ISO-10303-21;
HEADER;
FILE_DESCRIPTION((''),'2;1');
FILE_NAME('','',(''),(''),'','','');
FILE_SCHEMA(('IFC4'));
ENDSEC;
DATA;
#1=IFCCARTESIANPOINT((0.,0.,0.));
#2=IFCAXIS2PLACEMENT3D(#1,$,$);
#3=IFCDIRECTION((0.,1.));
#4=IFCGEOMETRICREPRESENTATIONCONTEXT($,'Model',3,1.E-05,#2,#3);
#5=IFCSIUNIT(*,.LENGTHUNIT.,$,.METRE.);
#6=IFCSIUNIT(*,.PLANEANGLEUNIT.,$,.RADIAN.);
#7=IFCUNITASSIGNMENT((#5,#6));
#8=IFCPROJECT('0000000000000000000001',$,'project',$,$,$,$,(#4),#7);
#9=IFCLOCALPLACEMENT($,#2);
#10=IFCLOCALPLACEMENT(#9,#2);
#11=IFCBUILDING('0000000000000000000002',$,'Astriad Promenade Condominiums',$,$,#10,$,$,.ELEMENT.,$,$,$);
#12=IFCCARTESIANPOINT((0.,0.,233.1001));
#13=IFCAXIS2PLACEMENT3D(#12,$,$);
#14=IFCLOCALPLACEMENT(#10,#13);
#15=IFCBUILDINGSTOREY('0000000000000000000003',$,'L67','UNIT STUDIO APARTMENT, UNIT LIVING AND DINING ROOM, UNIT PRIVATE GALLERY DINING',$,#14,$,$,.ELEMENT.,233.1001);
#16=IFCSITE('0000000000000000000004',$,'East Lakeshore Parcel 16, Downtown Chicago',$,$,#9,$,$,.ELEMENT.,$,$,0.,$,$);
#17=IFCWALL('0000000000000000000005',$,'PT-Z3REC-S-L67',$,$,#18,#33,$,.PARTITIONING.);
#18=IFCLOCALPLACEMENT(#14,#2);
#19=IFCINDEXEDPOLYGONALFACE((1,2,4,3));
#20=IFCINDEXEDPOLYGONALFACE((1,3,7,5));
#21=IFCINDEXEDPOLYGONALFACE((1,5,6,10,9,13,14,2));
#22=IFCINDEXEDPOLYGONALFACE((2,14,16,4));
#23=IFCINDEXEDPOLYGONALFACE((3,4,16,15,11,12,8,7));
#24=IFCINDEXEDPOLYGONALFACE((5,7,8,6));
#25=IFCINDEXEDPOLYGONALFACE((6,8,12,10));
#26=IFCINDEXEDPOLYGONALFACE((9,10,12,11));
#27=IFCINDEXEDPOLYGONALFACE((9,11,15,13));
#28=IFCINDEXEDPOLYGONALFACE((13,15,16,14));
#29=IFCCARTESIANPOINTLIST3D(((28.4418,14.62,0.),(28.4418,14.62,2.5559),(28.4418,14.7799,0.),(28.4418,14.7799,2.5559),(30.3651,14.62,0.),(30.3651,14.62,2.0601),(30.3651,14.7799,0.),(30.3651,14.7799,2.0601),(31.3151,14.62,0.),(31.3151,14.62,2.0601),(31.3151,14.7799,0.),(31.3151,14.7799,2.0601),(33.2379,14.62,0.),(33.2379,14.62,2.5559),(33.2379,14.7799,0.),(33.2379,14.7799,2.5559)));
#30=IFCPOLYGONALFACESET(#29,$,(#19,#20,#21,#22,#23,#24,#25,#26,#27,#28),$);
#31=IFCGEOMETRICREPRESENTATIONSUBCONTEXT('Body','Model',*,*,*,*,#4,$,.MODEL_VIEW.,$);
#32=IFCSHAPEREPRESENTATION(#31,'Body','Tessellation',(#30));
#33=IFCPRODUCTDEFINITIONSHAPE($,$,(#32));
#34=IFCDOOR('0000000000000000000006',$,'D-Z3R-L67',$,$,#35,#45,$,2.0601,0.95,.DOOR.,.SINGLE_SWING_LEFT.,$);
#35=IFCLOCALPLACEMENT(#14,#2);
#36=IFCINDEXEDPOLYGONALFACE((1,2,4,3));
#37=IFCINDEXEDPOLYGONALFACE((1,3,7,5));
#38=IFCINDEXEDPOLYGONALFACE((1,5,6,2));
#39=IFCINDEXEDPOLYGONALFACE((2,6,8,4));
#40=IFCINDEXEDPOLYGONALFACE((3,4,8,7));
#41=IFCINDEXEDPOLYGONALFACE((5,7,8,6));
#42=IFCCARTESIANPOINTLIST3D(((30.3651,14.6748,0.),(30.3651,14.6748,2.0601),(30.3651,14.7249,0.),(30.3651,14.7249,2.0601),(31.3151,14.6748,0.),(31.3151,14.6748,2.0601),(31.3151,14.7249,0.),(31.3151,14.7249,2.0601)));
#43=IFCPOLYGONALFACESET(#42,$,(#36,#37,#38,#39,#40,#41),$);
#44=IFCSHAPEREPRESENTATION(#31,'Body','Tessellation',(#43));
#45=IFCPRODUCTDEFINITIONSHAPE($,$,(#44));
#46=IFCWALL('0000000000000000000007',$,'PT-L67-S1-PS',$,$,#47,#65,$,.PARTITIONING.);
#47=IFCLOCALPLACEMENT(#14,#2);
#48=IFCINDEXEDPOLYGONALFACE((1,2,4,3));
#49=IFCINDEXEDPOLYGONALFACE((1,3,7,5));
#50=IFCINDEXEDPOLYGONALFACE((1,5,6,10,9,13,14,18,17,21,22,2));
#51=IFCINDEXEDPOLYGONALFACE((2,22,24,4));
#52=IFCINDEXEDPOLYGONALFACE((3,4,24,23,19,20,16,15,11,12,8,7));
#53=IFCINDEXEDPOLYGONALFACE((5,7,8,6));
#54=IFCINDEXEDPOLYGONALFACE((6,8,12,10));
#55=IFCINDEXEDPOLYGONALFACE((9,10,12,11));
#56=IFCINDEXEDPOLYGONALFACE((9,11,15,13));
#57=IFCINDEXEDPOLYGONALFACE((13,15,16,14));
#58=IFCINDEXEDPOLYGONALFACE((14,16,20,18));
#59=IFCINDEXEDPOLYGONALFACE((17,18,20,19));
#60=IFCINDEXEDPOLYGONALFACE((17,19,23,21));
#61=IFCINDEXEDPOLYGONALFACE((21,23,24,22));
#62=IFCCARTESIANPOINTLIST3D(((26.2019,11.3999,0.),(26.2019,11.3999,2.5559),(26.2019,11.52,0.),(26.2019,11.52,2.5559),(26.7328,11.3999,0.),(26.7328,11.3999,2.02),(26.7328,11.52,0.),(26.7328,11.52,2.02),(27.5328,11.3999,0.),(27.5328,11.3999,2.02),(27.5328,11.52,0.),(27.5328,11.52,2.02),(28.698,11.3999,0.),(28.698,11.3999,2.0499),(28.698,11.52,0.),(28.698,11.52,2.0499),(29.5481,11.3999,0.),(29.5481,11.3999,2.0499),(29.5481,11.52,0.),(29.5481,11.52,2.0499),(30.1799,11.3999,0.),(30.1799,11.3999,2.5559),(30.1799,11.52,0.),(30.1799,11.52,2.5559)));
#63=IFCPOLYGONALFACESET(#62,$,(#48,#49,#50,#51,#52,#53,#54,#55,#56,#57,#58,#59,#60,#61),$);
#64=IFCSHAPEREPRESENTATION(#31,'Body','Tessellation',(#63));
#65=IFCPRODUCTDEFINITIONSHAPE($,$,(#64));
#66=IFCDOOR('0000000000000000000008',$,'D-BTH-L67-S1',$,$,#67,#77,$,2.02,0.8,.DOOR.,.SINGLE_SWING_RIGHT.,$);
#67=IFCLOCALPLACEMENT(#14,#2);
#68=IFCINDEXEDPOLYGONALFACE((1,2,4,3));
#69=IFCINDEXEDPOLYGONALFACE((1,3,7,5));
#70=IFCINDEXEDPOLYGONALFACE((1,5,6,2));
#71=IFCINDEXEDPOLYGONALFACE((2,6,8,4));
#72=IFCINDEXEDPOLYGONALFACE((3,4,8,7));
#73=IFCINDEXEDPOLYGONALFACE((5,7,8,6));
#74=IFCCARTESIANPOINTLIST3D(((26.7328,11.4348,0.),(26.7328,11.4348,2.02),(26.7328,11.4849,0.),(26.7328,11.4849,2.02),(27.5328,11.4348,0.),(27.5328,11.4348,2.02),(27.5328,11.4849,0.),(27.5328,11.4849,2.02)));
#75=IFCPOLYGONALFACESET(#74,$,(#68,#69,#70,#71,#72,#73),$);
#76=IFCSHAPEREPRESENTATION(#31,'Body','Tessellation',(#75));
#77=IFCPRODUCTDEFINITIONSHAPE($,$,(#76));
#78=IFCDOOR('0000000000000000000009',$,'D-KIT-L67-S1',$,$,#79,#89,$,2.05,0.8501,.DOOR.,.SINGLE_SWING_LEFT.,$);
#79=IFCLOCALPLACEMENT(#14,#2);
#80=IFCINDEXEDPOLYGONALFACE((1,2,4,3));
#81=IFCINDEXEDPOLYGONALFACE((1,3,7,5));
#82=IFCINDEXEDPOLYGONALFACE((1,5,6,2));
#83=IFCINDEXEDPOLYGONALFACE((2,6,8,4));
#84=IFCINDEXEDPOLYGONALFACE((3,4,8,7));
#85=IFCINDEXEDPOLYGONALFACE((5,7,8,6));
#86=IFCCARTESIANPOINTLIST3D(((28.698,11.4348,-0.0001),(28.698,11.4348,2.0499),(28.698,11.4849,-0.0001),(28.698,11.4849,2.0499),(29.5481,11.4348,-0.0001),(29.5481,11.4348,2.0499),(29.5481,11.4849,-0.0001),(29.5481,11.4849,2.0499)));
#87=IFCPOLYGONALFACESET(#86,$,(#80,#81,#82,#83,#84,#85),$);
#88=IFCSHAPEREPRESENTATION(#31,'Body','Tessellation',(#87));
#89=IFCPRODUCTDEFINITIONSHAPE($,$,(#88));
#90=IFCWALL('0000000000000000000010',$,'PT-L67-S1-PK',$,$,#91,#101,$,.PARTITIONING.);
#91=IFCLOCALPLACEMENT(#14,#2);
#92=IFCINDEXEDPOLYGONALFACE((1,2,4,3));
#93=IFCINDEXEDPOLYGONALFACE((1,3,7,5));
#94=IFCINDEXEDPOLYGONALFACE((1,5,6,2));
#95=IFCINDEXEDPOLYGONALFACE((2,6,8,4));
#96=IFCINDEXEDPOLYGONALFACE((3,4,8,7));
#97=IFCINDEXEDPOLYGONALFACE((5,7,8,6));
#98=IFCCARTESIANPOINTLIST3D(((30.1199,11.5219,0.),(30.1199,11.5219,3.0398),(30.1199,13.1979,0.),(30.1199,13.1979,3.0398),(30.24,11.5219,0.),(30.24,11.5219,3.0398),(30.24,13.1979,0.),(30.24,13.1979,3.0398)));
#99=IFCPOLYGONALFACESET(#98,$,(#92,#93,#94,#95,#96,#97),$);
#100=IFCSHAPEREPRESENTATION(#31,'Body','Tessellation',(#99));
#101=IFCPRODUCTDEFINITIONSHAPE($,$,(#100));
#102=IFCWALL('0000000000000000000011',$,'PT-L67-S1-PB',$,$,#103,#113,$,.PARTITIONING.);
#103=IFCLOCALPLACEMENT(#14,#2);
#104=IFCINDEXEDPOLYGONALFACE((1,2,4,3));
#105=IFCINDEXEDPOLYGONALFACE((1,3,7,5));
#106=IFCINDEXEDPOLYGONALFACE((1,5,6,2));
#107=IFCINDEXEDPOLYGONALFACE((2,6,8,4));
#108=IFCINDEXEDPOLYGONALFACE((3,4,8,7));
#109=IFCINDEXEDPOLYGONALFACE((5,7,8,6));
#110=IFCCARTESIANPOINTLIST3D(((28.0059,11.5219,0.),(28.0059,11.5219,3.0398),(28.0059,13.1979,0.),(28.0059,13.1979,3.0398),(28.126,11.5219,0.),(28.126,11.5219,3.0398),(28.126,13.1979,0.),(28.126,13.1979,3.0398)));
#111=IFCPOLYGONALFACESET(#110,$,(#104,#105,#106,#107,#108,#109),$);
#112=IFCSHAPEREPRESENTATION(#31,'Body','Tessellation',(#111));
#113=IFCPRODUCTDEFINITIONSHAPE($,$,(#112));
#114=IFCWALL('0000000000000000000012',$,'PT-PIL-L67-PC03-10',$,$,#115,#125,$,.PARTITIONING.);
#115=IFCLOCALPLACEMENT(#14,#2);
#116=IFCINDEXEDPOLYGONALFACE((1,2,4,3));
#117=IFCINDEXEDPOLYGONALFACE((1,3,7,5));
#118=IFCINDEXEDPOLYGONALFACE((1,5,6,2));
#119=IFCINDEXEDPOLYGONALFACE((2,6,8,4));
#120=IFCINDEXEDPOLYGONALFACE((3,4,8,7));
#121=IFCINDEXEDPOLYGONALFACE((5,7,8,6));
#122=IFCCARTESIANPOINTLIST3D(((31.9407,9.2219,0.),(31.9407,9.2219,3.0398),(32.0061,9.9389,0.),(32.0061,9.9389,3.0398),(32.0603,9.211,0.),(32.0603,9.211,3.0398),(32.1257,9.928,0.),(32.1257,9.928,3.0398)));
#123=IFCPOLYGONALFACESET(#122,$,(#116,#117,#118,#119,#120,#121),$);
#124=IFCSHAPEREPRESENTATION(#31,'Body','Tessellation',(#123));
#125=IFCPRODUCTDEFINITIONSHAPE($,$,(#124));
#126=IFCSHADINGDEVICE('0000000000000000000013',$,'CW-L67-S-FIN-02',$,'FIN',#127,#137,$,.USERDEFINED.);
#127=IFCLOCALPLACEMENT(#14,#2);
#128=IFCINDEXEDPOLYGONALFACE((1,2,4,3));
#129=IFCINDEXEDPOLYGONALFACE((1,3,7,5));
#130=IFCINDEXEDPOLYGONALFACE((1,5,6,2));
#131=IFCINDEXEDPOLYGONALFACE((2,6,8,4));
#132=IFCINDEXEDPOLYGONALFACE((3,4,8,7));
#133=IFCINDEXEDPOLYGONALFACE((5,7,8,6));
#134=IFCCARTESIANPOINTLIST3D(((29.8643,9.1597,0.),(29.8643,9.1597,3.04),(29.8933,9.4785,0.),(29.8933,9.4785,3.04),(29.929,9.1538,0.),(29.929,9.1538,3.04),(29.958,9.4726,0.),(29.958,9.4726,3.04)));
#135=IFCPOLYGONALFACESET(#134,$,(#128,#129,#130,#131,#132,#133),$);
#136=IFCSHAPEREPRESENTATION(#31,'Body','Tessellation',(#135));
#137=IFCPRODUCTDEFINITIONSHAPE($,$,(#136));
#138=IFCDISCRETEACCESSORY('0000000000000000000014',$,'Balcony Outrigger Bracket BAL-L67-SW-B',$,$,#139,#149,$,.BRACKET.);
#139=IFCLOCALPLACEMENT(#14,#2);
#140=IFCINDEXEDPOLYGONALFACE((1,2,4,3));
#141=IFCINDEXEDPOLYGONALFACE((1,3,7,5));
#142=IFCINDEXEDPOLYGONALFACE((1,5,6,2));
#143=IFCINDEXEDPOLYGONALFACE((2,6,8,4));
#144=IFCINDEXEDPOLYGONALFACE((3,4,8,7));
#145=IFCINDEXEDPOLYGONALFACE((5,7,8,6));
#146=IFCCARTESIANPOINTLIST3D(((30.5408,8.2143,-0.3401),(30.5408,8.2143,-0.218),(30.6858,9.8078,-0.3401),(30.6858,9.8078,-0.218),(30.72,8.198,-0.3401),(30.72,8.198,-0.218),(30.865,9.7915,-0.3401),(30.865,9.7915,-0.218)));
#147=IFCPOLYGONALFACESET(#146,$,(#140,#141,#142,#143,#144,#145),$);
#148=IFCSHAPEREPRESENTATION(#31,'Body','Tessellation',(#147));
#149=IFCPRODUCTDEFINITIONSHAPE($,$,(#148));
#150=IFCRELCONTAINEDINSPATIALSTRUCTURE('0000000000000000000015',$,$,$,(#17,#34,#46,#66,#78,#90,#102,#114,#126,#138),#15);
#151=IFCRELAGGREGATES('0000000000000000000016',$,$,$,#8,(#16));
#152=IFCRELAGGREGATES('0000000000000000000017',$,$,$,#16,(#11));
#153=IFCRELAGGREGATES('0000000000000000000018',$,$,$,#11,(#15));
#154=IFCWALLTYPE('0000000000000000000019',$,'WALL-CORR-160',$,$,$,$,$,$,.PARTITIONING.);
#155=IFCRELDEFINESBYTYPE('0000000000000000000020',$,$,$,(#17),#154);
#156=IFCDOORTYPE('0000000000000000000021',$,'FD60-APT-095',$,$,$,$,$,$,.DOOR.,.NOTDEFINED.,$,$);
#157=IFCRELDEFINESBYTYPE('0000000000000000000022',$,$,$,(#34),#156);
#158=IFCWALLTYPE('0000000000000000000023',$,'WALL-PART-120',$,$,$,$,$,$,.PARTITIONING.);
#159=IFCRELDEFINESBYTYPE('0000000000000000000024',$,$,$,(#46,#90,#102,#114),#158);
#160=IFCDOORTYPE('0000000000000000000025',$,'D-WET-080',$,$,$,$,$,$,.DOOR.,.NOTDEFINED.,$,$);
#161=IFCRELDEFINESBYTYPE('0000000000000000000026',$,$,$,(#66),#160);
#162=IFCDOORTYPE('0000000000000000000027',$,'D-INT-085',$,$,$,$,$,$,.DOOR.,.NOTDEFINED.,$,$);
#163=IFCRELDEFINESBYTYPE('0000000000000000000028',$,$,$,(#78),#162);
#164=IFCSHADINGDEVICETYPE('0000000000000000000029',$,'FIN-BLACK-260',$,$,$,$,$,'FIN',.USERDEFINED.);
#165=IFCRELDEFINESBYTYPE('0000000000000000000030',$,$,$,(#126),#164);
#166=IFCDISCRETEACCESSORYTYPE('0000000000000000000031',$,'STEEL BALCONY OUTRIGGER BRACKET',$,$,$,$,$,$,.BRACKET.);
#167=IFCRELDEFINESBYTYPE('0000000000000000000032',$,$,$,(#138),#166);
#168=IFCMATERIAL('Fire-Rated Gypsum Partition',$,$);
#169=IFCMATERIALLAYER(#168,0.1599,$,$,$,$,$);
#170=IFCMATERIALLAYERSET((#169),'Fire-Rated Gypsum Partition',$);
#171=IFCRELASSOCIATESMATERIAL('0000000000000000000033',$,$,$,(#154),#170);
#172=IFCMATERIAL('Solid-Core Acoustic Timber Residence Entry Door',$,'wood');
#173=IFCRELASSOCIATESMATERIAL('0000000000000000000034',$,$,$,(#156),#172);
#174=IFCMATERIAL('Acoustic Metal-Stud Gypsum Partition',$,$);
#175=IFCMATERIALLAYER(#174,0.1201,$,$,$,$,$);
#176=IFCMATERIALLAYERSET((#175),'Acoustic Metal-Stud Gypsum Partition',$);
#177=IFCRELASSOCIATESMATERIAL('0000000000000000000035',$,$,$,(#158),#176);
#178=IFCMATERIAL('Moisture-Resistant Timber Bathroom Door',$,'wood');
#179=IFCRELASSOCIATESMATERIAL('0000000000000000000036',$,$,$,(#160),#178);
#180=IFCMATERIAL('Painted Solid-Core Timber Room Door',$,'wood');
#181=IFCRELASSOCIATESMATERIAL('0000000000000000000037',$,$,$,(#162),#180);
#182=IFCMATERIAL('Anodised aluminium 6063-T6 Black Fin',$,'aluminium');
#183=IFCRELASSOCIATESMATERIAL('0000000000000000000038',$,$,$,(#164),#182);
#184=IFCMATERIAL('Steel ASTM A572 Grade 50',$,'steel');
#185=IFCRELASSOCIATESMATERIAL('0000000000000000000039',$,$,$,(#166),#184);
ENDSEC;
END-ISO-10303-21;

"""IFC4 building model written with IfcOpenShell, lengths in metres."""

from ifc_helpers import new_model, si_unit, direction, frame, frame_2d, origin, origin_2d, place, context, subcontext, project, spatial, rectangle, extrude, source, transform, mapped, material, layer, layer_set, type_object, type_shapes, element, fill, save


model = new_model("IFC4")

# Units and contexts
model_context = context("Model", 3, precision=1e-05, world=origin(), true_north=direction((0.0, 1.0)))
body_context = subcontext(model_context, "Body", "Model", "MODEL_VIEW")
ifc_project = project(units=[si_unit("LENGTHUNIT", "METRE"), si_unit("PLANEANGLEUNIT", "RADIAN")], contexts=[model_context])

# Site, building, storey
site_placement = place(None, origin())
site = spatial("IfcSite", under=ifc_project, at=site_placement, Name="East Lakeshore Parcel 16, Downtown Chicago", CompositionType="ELEMENT", RefElevation=0.0)
building_placement = place(site_placement, origin())
building = spatial("IfcBuilding", under=site, at=building_placement, Name="Astriad Promenade Condominiums", CompositionType="ELEMENT")
storey_placement = place(building_placement, frame((0.0, 0.0, 233.1001)))
storey = spatial("IfcBuildingStorey", under=building, at=storey_placement, Name="L67", Description="UNIT STUDIO APARTMENT, UNIT LIVING AND DINING ROOM, UNIT PRIVATE GALLERY DINING", CompositionType="ELEMENT", Elevation=233.1001)

# Shared definitions
ifc_material_1 = material(Name="Fire-Rated Gypsum Partition")
ifc_layer_1 = layer(ifc_material_1, 0.1599)
ifc_layer_set_1 = layer_set([ifc_layer_1], Name="Fire-Rated Gypsum Partition")
wall_type_1 = type_object("IfcWallType", Name="WALL-CORR-160", PredefinedType="PARTITIONING", material=ifc_layer_set_1)

# Wall, opening, door
wall_1_placement = place(storey_placement, frame((28.4419, 14.7, 0.0), z_axis=(0.0, 0.0, 1.0), x_axis=(1.0, 0.0, 0.0)))
wall_1 = element("IfcWall", 1, at=wall_1_placement, inside=storey, type_object=wall_type_1, Name="PT-Z3REC-S-L67", PredefinedType="PARTITIONING", context=body_context, shape_type="SweptSolid", body=[
    extrude(rectangle(XDim=4.7961, YDim=0.1599, at=frame_2d((2.3979, 0.0))), origin(), (0.0, 0.0, 1.0), 2.5559),
])
opening_1_placement = place(wall_1_placement, frame((1.9231, 0.0, 0.0)))
opening_1 = element("IfcOpeningElement", 2, at=opening_1_placement, cuts=wall_1, PredefinedType="OPENING", context=body_context, shape_type="SweptSolid", body=[
    extrude(rectangle(XDim=0.95, YDim=2.0601, at=frame_2d((0.4751, 1.03))), frame((0.0, 0.0898, 0.0), z_axis=(0.0, -1.0, 0.0), x_axis=(1.0, 0.0, 0.0)), (0.0, 0.0, 1.0), 0.1799),
])
ifc_material_2 = material(Name="Solid-Core Acoustic Timber Residence Entry Door", Category="wood")
door_type_1 = type_object("IfcDoorType", Name="FD60-APT-095", OperationType="NOTDEFINED", PredefinedType="DOOR", material=ifc_material_2)
shared_shape_1 = source(origin(), body_context, "Body", "SweptSolid", [
    extrude(rectangle(XDim=0.95, YDim=2.0601, at=frame_2d((0.4751, 1.03))), frame((0.0, 0.0249, 0.0), z_axis=(0.0, -1.0, 0.0), x_axis=(1.0, 0.0, 0.0)), (0.0, 0.0, 1.0), 0.05),
])
type_shapes(door_type_1, [shared_shape_1])
door_1_placement = place(opening_1_placement, origin())
door_1 = element("IfcDoor", 3, at=door_1_placement, inside=storey, type_object=door_type_1, Name="D-Z3R-L67", OperationType="SINGLE_SWING_LEFT", OverallHeight=2.0601, OverallWidth=0.95, PredefinedType="DOOR", context=body_context, shape_type="MappedRepresentation", body=[
    mapped(shared_shape_1, transform((0.0, 0.0, 0.0), scale=1.0)),
])
fill(opening_1, door_1)

# Wall, openings, doors
ifc_material_3 = material(Name="Acoustic Metal-Stud Gypsum Partition")
ifc_layer_2 = layer(ifc_material_3, 0.1201)
ifc_layer_set_2 = layer_set([ifc_layer_2], Name="Acoustic Metal-Stud Gypsum Partition")
wall_type_2 = type_object("IfcWallType", Name="WALL-PART-120", PredefinedType="PARTITIONING", material=ifc_layer_set_2)
wall_2_placement = place(storey_placement, frame((26.2019, 11.46, 0.0), z_axis=(0.0, 0.0, 1.0), x_axis=(1.0, 0.0, 0.0)))
wall_2 = element("IfcWall", 4, at=wall_2_placement, inside=storey, type_object=wall_type_2, Name="PT-L67-S1-PS", PredefinedType="PARTITIONING", context=body_context, shape_type="SweptSolid", body=[
    extrude(rectangle(XDim=3.978, YDim=0.1201, at=frame_2d((1.989, 0.0))), origin(), (0.0, 0.0, 1.0), 2.5559),
])
opening_2_placement = place(wall_2_placement, frame((0.531, 0.0, 0.0)))
opening_2 = element("IfcOpeningElement", 5, at=opening_2_placement, cuts=wall_2, PredefinedType="OPENING", context=body_context, shape_type="SweptSolid", body=[
    extrude(rectangle(XDim=0.8, YDim=2.02, at=frame_2d((0.3999, 1.01))), frame((0.0, 0.0701, 0.0), z_axis=(0.0, -1.0, 0.0), x_axis=(1.0, 0.0, 0.0)), (0.0, 0.0, 1.0), 0.1401),
])
opening_3_placement = place(wall_2_placement, frame((2.4961, 0.0, 0.0)))
opening_3 = element("IfcOpeningElement", 6, at=opening_3_placement, cuts=wall_2, PredefinedType="OPENING", context=body_context, shape_type="SweptSolid", body=[
    extrude(rectangle(XDim=0.8501, YDim=2.05, at=frame_2d((0.425, 1.0249))), frame((0.0, 0.0701, 0.0), z_axis=(0.0, -1.0, 0.0), x_axis=(1.0, 0.0, 0.0)), (0.0, 0.0, 1.0), 0.1401),
])
ifc_material_4 = material(Name="Moisture-Resistant Timber Bathroom Door", Category="wood")
door_type_2 = type_object("IfcDoorType", Name="D-WET-080", OperationType="NOTDEFINED", PredefinedType="DOOR", material=ifc_material_4)
shared_shape_2 = source(origin(), body_context, "Body", "SweptSolid", [
    extrude(rectangle(XDim=0.8, YDim=2.02, at=frame_2d((0.3999, 1.01))), frame((0.0, 0.0249, 0.0), z_axis=(0.0, -1.0, 0.0), x_axis=(1.0, 0.0, 0.0)), (0.0, 0.0, 1.0), 0.05),
])
type_shapes(door_type_2, [shared_shape_2])
door_2_placement = place(opening_2_placement, origin())
door_2 = element("IfcDoor", 7, at=door_2_placement, inside=storey, type_object=door_type_2, Name="D-BTH-L67-S1", OperationType="SINGLE_SWING_RIGHT", OverallHeight=2.02, OverallWidth=0.8, PredefinedType="DOOR", context=body_context, shape_type="MappedRepresentation", body=[
    mapped(shared_shape_2, transform((0.0, 0.0, 0.0), scale=1.0)),
])
fill(opening_2, door_2)
ifc_material_5 = material(Name="Painted Solid-Core Timber Room Door", Category="wood")
door_type_3 = type_object("IfcDoorType", Name="D-INT-085", OperationType="NOTDEFINED", PredefinedType="DOOR", material=ifc_material_5)
shared_shape_3 = source(origin(), body_context, "Body", "SweptSolid", [
    extrude(rectangle(XDim=0.8501, YDim=2.05, at=frame_2d((0.425, 1.0249))), frame((0.0, 0.0249, 0.0), z_axis=(0.0, -1.0, 0.0), x_axis=(1.0, 0.0, 0.0)), (0.0, 0.0, 1.0), 0.05),
])
type_shapes(door_type_3, [shared_shape_3])
door_3_placement = place(opening_3_placement, origin())
door_3 = element("IfcDoor", 8, at=door_3_placement, inside=storey, type_object=door_type_3, Name="D-KIT-L67-S1", OperationType="SINGLE_SWING_LEFT", OverallHeight=2.05, OverallWidth=0.8501, PredefinedType="DOOR", context=body_context, shape_type="MappedRepresentation", body=[
    mapped(shared_shape_3, transform((0.0, 0.0, 0.0), scale=1.0)),
])
fill(opening_3, door_3)

# Walls
for number, where, z_axis, x_axis, name in (
    (9, (30.1799, 11.522, 0.0), (0.0, 0.0, 1.0), (0.0, 1.0, 0.0), "PT-L67-S1-PK"),
    (10, (28.0659, 11.522, 0.0), (0.0, 0.0, 1.0), (0.0, 1.0, 0.0), "PT-L67-S1-PB"),
):
    element("IfcWall", number, at=place(storey_placement, frame(where, z_axis=z_axis, x_axis=x_axis)), inside=storey, type_object=wall_type_2, Name=name, PredefinedType="PARTITIONING", context=body_context, shape_type="SweptSolid", body=[
        extrude(rectangle(XDim=1.676, YDim=0.1201, at=frame_2d((0.8379, 0.0))), origin(), (0.0, 0.0, 1.0), 3.0398),
    ])
wall_3_placement = place(storey_placement, frame((32.0659, 9.9333, 0.0), z_axis=(0.0, 0.0, 1.0), x_axis=(-0.090872, -0.995863, 0.0)))
element("IfcWall", 11, at=wall_3_placement, inside=storey, type_object=wall_type_2, Name="PT-PIL-L67-PC03-10", PredefinedType="PARTITIONING", context=body_context, shape_type="SweptSolid", body=[
    extrude(rectangle(XDim=0.72, YDim=0.1201, at=frame_2d((0.3599, 0.0))), origin(), (0.0, 0.0, 1.0), 3.0398),
])

# Shading device
ifc_material_6 = material(Name="Anodised aluminium 6063-T6 Black Fin", Category="aluminium")
shading_device_type = type_object("IfcShadingDeviceType", Name="FIN-BLACK-260", ElementType="FIN", PredefinedType="USERDEFINED", material=ifc_material_6)
shared_shape_4 = source(origin(), body_context, "Body", "SweptSolid", [
    extrude(rectangle(XDim=0.0649, YDim=0.3201, at=origin_2d()), origin(), (0.0, 0.0, 1.0), 3.04),
])
type_shapes(shading_device_type, [shared_shape_4])
shading_device_placement = place(storey_placement, frame((29.9111, 9.3162, 0.0), z_axis=(0.0, 0.0, 1.0), x_axis=(-0.995884, 0.090633, 0.0)))
element("IfcShadingDevice", 12, at=shading_device_placement, inside=storey, type_object=shading_device_type, Name="CW-L67-S-FIN-02", ObjectType="FIN", PredefinedType="USERDEFINED", context=body_context, shape_type="MappedRepresentation", body=[
    mapped(shared_shape_4, transform((0.0, 0.0, 0.0), scale=1.0)),
])

# Discrete accessory
ifc_material_7 = material(Name="Steel ASTM A572 Grade 50", Category="steel")
discrete_accessory_type = type_object("IfcDiscreteAccessoryType", Name="STEEL BALCONY OUTRIGGER BRACKET", PredefinedType="BRACKET", material=ifc_material_7)
shared_shape_5 = source(origin(), body_context, "Body", "SweptSolid", [
    extrude(rectangle(XDim=1.6001, YDim=0.1799, at=origin_2d()), origin(), (0.0, 0.0, 1.0), 0.1221),
])
type_shapes(discrete_accessory_type, [shared_shape_5])
discrete_accessory_placement = place(storey_placement, frame((30.7029, 9.0029, -0.3401), z_axis=(0.0, 0.0, 1.0), x_axis=(-0.090633, -0.995884, 0.0)))
element("IfcDiscreteAccessory", 13, at=discrete_accessory_placement, inside=storey, type_object=discrete_accessory_type, Name="Balcony Outrigger Bracket BAL-L67-SW-B", PredefinedType="BRACKET", context=body_context, shape_type="MappedRepresentation", body=[
    mapped(shared_shape_5, transform((0.0, 0.0, 0.0), scale=1.0)),
])

save(model, "model.ifc")
